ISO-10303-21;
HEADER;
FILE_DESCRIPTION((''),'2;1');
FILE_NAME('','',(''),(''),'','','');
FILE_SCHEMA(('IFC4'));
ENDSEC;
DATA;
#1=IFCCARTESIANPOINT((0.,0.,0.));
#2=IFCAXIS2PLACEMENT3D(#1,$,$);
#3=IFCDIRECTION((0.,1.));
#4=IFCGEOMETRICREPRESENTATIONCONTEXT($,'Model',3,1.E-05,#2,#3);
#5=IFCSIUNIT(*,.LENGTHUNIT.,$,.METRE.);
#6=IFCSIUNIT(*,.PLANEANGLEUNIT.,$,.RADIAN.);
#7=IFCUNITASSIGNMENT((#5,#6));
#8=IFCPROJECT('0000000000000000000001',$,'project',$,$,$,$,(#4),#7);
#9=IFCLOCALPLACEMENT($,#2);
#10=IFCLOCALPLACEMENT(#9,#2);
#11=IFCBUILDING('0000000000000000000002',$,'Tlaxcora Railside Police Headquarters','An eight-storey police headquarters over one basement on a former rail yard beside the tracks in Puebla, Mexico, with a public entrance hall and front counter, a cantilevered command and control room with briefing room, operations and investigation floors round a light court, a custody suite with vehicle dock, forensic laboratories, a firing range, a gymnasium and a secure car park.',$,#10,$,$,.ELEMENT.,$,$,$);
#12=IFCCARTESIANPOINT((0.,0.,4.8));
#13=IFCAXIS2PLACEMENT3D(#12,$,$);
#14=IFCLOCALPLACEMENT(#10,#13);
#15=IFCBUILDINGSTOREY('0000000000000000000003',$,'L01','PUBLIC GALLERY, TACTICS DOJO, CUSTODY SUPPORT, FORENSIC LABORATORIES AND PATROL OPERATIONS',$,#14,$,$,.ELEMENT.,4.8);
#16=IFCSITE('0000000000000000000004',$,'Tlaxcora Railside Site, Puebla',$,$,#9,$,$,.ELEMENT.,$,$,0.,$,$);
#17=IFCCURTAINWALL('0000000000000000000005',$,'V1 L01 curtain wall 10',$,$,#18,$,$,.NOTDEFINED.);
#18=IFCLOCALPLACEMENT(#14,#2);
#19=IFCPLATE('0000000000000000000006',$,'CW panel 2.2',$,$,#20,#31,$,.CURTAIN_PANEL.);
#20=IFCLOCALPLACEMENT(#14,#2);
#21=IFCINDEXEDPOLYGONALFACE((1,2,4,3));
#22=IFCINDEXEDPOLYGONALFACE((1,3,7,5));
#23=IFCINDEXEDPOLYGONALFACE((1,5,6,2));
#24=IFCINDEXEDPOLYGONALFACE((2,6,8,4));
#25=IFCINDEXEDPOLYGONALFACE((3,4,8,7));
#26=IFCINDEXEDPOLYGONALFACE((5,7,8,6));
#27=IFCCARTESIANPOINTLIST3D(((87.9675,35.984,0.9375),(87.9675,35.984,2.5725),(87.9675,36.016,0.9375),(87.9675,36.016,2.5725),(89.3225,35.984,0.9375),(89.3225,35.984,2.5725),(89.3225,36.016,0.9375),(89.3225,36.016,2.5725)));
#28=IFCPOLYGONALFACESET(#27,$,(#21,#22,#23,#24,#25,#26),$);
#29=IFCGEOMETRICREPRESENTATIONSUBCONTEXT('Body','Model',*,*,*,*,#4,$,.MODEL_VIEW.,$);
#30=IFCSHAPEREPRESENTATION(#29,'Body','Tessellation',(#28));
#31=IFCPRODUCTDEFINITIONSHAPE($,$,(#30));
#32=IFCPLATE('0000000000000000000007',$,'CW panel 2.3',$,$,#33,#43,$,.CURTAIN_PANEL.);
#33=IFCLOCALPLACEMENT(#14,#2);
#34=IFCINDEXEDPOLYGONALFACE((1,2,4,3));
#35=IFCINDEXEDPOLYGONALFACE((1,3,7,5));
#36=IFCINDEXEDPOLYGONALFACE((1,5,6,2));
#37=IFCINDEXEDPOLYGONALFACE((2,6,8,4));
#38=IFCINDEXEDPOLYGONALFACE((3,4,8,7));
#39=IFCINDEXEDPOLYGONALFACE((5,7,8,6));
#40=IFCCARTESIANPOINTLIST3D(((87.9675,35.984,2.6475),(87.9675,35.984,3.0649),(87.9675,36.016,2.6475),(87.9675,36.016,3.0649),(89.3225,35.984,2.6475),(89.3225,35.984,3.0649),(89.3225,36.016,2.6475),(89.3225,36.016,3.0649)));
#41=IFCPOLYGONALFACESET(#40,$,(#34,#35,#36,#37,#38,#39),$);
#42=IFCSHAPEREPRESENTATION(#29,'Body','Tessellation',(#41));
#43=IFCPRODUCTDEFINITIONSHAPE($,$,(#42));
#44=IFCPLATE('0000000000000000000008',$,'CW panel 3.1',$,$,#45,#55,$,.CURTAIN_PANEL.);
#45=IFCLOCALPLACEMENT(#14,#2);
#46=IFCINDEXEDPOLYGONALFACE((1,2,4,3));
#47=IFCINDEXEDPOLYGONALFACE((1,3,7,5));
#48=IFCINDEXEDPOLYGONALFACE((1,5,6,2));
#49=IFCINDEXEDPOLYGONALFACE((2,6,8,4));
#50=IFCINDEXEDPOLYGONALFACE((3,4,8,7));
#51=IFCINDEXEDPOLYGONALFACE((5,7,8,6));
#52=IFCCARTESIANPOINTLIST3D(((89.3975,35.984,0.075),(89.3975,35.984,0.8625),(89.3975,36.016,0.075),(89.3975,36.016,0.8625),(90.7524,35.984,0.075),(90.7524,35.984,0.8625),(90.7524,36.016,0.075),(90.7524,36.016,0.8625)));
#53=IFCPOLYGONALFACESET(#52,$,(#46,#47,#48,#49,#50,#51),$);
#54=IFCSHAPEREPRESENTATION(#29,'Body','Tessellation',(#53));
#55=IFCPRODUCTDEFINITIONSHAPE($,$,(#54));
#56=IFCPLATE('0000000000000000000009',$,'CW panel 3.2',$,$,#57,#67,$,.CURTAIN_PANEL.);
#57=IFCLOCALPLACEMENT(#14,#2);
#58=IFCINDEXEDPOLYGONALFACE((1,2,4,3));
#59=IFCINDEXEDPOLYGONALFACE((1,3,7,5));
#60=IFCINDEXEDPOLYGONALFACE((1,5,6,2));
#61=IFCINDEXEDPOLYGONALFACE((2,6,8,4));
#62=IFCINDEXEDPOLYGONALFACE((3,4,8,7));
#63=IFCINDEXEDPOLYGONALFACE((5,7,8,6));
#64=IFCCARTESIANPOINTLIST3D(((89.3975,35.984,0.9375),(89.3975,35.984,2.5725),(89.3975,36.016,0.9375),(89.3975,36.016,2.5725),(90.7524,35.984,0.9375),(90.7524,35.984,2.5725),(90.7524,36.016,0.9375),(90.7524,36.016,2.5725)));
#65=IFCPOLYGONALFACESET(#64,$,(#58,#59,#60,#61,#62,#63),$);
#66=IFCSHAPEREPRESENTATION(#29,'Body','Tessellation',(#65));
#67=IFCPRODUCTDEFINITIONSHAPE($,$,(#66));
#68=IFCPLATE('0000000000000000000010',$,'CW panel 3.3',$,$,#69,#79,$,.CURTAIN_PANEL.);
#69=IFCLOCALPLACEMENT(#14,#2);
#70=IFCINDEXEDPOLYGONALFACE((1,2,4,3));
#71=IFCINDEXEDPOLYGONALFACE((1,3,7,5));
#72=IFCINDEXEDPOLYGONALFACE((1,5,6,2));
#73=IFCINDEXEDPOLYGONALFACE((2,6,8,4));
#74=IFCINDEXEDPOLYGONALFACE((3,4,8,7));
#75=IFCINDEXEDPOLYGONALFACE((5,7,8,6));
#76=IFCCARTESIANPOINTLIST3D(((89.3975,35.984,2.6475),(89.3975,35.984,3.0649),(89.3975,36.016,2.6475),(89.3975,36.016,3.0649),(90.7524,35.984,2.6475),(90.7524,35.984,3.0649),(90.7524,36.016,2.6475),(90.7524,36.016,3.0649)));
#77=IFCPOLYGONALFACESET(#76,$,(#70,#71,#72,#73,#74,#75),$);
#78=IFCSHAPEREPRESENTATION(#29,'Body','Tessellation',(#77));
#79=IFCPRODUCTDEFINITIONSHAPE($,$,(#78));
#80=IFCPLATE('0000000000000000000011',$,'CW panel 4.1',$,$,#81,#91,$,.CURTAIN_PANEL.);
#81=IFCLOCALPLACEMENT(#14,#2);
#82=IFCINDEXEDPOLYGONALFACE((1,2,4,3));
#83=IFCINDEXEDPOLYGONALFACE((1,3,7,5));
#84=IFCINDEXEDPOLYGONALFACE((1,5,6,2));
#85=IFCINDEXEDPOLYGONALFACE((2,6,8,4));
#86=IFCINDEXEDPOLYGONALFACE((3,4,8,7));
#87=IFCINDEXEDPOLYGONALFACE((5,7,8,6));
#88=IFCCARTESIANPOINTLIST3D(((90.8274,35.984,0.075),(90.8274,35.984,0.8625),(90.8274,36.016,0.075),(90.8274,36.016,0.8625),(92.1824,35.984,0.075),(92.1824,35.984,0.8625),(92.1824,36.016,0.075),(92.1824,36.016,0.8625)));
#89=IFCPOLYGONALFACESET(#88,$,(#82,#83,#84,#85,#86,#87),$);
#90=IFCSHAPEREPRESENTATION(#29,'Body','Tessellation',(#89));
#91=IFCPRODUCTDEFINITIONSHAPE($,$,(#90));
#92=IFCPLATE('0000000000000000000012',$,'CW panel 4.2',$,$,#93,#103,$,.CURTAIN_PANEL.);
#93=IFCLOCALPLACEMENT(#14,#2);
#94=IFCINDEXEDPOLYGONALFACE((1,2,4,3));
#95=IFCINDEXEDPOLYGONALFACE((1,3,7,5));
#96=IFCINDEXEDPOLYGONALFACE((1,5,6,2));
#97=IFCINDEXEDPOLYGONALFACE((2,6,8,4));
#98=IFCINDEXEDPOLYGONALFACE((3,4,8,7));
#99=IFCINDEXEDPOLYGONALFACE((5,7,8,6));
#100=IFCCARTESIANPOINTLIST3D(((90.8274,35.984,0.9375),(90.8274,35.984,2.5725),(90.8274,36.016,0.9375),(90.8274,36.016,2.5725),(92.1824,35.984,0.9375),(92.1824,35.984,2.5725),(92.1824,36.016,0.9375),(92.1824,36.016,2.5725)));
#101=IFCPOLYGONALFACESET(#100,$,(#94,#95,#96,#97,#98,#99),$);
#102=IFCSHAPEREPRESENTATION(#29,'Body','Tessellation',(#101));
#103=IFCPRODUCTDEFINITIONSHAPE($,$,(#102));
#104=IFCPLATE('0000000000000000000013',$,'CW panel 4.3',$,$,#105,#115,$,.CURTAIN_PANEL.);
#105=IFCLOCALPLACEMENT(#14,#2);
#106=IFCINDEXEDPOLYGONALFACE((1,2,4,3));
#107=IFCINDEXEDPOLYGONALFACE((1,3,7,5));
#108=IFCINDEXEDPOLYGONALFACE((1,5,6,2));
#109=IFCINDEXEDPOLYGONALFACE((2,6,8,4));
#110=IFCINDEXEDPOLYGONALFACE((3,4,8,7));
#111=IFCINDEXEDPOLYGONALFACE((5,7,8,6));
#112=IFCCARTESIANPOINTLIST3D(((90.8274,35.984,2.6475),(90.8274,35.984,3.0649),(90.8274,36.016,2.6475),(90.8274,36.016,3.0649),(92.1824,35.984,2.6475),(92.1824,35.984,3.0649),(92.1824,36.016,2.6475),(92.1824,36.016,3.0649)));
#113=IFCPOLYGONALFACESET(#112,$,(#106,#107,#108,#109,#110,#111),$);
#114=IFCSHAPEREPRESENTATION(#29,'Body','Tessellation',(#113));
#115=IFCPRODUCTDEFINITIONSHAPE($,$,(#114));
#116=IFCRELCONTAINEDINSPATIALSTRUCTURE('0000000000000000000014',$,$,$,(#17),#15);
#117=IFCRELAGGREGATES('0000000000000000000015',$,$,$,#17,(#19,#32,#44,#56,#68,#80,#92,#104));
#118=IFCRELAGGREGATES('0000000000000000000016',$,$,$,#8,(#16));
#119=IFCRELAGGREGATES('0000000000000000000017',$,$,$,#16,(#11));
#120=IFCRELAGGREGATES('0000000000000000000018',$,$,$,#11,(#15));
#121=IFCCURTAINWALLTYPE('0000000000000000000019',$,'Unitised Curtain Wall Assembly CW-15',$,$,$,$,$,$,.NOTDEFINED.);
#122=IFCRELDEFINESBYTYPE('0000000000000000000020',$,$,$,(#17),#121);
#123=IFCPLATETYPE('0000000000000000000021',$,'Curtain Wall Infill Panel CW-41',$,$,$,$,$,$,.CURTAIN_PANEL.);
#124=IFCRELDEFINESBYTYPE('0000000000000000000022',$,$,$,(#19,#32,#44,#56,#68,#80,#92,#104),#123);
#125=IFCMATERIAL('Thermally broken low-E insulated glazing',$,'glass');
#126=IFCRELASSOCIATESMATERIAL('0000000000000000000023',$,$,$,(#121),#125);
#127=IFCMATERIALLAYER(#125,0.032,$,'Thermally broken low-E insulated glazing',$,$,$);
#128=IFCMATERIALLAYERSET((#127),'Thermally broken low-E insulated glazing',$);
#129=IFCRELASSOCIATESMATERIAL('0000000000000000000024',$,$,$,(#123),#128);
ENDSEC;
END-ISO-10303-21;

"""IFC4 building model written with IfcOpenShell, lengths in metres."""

from ifc_helpers import new_model, si_unit, direction, frame, origin, origin_2d, place, context, subcontext, project, spatial, rectangle, extrude, material, layer, layer_set, type_object, element, aggregate, save


model = new_model("IFC4")

# Units and contexts
model_context = context("Model", 3, precision=1e-05, world=origin(), true_north=direction((0.0, 1.0)))
body_context = subcontext(model_context, "Body", "Model", "MODEL_VIEW")
ifc_project = project(units=[si_unit("LENGTHUNIT", "METRE"), si_unit("PLANEANGLEUNIT", "RADIAN")], contexts=[model_context])

# Site, building, storey
site_placement = place(None, origin())
site = spatial("IfcSite", under=ifc_project, at=site_placement, Name="Tlaxcora Railside Site, Puebla", CompositionType="ELEMENT", RefElevation=0.0)
building_placement = place(site_placement, origin())
building = spatial("IfcBuilding", under=site, at=building_placement, Name="Tlaxcora Railside Police Headquarters", Description="An eight-storey police headquarters over one basement on a former rail yard beside the tracks in Puebla, Mexico, with a public entrance hall and front counter, a cantilevered command and control room with briefing room, operations and investigation floors round a light court, a custody suite with vehicle dock, forensic laboratories, a firing range, a gymnasium and a secure car park.", CompositionType="ELEMENT")
storey_placement = place(building_placement, frame((0.0, 0.0, 4.8)))
storey = spatial("IfcBuildingStorey", under=building, at=storey_placement, Name="L01", Description="PUBLIC GALLERY, TACTICS DOJO, CUSTODY SUPPORT, FORENSIC LABORATORIES AND PATROL OPERATIONS", CompositionType="ELEMENT", Elevation=4.8)

# Curtain wall, plates
ifc_material_1 = material(Name="Thermally broken low-E insulated glazing", Category="glass")
curtain_wall_type = type_object("IfcCurtainWallType", Name="Unitised Curtain Wall Assembly CW-15", PredefinedType="NOTDEFINED", material=ifc_material_1)
curtain_wall_placement = place(storey_placement, origin())
curtain_wall = element("IfcCurtainWall", 1, at=curtain_wall_placement, inside=storey, type_object=curtain_wall_type, Name="V1 L01 curtain wall 10", PredefinedType="NOTDEFINED")
ifc_layer = layer(ifc_material_1, 0.032, Name="Thermally broken low-E insulated glazing")
ifc_layer_set = layer_set([ifc_layer], Name="Thermally broken low-E insulated glazing")
plate_type = type_object("IfcPlateType", Name="Curtain Wall Infill Panel CW-41", PredefinedType="CURTAIN_PANEL", material=ifc_layer_set)
plate_1_placement = place(storey_placement, frame((88.645, 36.0, 0.9375), z_axis=(0.0, 0.0, 1.0), x_axis=(1.0, 0.0, 0.0)))
plate_1 = element("IfcPlate", 2, at=plate_1_placement, type_object=plate_type, Name="CW panel 2.2", PredefinedType="CURTAIN_PANEL", context=body_context, shape_type="SweptSolid", body=[
    extrude(rectangle(XDim=1.355, YDim=0.032, at=origin_2d()), origin(), (0.0, 0.0, 1.0), 1.635),
])
plate_2_placement = place(storey_placement, frame((88.645, 36.0, 2.6475), z_axis=(0.0, 0.0, 1.0), x_axis=(1.0, 0.0, 0.0)))
plate_2 = element("IfcPlate", 3, at=plate_2_placement, type_object=plate_type, Name="CW panel 2.3", PredefinedType="CURTAIN_PANEL", context=body_context, shape_type="SweptSolid", body=[
    extrude(rectangle(XDim=1.355, YDim=0.032, at=origin_2d()), origin(), (0.0, 0.0, 1.0), 0.4175),
])
plate_3_placement = place(storey_placement, frame((90.075, 36.0, 0.075), z_axis=(0.0, 0.0, 1.0), x_axis=(1.0, 0.0, 0.0)))
plate_3 = element("IfcPlate", 4, at=plate_3_placement, type_object=plate_type, Name="CW panel 3.1", PredefinedType="CURTAIN_PANEL", context=body_context, shape_type="SweptSolid", body=[
    extrude(rectangle(XDim=1.355, YDim=0.032, at=origin_2d()), origin(), (0.0, 0.0, 1.0), 0.7876),
])
plate_4_placement = place(storey_placement, frame((90.075, 36.0, 0.9375), z_axis=(0.0, 0.0, 1.0), x_axis=(1.0, 0.0, 0.0)))
plate_4 = element("IfcPlate", 5, at=plate_4_placement, type_object=plate_type, Name="CW panel 3.2", PredefinedType="CURTAIN_PANEL", context=body_context, shape_type="SweptSolid", body=[
    extrude(rectangle(XDim=1.355, YDim=0.032, at=origin_2d()), origin(), (0.0, 0.0, 1.0), 1.635),
])
plate_5_placement = place(storey_placement, frame((90.075, 36.0, 2.6475), z_axis=(0.0, 0.0, 1.0), x_axis=(1.0, 0.0, 0.0)))
plate_5 = element("IfcPlate", 6, at=plate_5_placement, type_object=plate_type, Name="CW panel 3.3", PredefinedType="CURTAIN_PANEL", context=body_context, shape_type="SweptSolid", body=[
    extrude(rectangle(XDim=1.355, YDim=0.032, at=origin_2d()), origin(), (0.0, 0.0, 1.0), 0.4175),
])
plate_6_placement = place(storey_placement, frame((91.5049, 36.0, 0.075), z_axis=(0.0, 0.0, 1.0), x_axis=(1.0, 0.0, 0.0)))
plate_6 = element("IfcPlate", 7, at=plate_6_placement, type_object=plate_type, Name="CW panel 4.1", PredefinedType="CURTAIN_PANEL", context=body_context, shape_type="SweptSolid", body=[
    extrude(rectangle(XDim=1.355, YDim=0.032, at=origin_2d()), origin(), (0.0, 0.0, 1.0), 0.7876),
])
plate_7_placement = place(storey_placement, frame((91.5049, 36.0, 0.9375), z_axis=(0.0, 0.0, 1.0), x_axis=(1.0, 0.0, 0.0)))
plate_7 = element("IfcPlate", 8, at=plate_7_placement, type_object=plate_type, Name="CW panel 4.2", PredefinedType="CURTAIN_PANEL", context=body_context, shape_type="SweptSolid", body=[
    extrude(rectangle(XDim=1.355, YDim=0.032, at=origin_2d()), origin(), (0.0, 0.0, 1.0), 1.635),
])
plate_8_placement = place(storey_placement, frame((91.5049, 36.0, 2.6475), z_axis=(0.0, 0.0, 1.0), x_axis=(1.0, 0.0, 0.0)))
plate_8 = element("IfcPlate", 9, at=plate_8_placement, type_object=plate_type, Name="CW panel 4.3", PredefinedType="CURTAIN_PANEL", context=body_context, shape_type="SweptSolid", body=[
    extrude(rectangle(XDim=1.355, YDim=0.032, at=origin_2d()), origin(), (0.0, 0.0, 1.0), 0.4175),
])
aggregate(curtain_wall, [plate_1, plate_2, plate_3, plate_4, plate_5, plate_6, plate_7, plate_8])

save(model, "model.ifc")
